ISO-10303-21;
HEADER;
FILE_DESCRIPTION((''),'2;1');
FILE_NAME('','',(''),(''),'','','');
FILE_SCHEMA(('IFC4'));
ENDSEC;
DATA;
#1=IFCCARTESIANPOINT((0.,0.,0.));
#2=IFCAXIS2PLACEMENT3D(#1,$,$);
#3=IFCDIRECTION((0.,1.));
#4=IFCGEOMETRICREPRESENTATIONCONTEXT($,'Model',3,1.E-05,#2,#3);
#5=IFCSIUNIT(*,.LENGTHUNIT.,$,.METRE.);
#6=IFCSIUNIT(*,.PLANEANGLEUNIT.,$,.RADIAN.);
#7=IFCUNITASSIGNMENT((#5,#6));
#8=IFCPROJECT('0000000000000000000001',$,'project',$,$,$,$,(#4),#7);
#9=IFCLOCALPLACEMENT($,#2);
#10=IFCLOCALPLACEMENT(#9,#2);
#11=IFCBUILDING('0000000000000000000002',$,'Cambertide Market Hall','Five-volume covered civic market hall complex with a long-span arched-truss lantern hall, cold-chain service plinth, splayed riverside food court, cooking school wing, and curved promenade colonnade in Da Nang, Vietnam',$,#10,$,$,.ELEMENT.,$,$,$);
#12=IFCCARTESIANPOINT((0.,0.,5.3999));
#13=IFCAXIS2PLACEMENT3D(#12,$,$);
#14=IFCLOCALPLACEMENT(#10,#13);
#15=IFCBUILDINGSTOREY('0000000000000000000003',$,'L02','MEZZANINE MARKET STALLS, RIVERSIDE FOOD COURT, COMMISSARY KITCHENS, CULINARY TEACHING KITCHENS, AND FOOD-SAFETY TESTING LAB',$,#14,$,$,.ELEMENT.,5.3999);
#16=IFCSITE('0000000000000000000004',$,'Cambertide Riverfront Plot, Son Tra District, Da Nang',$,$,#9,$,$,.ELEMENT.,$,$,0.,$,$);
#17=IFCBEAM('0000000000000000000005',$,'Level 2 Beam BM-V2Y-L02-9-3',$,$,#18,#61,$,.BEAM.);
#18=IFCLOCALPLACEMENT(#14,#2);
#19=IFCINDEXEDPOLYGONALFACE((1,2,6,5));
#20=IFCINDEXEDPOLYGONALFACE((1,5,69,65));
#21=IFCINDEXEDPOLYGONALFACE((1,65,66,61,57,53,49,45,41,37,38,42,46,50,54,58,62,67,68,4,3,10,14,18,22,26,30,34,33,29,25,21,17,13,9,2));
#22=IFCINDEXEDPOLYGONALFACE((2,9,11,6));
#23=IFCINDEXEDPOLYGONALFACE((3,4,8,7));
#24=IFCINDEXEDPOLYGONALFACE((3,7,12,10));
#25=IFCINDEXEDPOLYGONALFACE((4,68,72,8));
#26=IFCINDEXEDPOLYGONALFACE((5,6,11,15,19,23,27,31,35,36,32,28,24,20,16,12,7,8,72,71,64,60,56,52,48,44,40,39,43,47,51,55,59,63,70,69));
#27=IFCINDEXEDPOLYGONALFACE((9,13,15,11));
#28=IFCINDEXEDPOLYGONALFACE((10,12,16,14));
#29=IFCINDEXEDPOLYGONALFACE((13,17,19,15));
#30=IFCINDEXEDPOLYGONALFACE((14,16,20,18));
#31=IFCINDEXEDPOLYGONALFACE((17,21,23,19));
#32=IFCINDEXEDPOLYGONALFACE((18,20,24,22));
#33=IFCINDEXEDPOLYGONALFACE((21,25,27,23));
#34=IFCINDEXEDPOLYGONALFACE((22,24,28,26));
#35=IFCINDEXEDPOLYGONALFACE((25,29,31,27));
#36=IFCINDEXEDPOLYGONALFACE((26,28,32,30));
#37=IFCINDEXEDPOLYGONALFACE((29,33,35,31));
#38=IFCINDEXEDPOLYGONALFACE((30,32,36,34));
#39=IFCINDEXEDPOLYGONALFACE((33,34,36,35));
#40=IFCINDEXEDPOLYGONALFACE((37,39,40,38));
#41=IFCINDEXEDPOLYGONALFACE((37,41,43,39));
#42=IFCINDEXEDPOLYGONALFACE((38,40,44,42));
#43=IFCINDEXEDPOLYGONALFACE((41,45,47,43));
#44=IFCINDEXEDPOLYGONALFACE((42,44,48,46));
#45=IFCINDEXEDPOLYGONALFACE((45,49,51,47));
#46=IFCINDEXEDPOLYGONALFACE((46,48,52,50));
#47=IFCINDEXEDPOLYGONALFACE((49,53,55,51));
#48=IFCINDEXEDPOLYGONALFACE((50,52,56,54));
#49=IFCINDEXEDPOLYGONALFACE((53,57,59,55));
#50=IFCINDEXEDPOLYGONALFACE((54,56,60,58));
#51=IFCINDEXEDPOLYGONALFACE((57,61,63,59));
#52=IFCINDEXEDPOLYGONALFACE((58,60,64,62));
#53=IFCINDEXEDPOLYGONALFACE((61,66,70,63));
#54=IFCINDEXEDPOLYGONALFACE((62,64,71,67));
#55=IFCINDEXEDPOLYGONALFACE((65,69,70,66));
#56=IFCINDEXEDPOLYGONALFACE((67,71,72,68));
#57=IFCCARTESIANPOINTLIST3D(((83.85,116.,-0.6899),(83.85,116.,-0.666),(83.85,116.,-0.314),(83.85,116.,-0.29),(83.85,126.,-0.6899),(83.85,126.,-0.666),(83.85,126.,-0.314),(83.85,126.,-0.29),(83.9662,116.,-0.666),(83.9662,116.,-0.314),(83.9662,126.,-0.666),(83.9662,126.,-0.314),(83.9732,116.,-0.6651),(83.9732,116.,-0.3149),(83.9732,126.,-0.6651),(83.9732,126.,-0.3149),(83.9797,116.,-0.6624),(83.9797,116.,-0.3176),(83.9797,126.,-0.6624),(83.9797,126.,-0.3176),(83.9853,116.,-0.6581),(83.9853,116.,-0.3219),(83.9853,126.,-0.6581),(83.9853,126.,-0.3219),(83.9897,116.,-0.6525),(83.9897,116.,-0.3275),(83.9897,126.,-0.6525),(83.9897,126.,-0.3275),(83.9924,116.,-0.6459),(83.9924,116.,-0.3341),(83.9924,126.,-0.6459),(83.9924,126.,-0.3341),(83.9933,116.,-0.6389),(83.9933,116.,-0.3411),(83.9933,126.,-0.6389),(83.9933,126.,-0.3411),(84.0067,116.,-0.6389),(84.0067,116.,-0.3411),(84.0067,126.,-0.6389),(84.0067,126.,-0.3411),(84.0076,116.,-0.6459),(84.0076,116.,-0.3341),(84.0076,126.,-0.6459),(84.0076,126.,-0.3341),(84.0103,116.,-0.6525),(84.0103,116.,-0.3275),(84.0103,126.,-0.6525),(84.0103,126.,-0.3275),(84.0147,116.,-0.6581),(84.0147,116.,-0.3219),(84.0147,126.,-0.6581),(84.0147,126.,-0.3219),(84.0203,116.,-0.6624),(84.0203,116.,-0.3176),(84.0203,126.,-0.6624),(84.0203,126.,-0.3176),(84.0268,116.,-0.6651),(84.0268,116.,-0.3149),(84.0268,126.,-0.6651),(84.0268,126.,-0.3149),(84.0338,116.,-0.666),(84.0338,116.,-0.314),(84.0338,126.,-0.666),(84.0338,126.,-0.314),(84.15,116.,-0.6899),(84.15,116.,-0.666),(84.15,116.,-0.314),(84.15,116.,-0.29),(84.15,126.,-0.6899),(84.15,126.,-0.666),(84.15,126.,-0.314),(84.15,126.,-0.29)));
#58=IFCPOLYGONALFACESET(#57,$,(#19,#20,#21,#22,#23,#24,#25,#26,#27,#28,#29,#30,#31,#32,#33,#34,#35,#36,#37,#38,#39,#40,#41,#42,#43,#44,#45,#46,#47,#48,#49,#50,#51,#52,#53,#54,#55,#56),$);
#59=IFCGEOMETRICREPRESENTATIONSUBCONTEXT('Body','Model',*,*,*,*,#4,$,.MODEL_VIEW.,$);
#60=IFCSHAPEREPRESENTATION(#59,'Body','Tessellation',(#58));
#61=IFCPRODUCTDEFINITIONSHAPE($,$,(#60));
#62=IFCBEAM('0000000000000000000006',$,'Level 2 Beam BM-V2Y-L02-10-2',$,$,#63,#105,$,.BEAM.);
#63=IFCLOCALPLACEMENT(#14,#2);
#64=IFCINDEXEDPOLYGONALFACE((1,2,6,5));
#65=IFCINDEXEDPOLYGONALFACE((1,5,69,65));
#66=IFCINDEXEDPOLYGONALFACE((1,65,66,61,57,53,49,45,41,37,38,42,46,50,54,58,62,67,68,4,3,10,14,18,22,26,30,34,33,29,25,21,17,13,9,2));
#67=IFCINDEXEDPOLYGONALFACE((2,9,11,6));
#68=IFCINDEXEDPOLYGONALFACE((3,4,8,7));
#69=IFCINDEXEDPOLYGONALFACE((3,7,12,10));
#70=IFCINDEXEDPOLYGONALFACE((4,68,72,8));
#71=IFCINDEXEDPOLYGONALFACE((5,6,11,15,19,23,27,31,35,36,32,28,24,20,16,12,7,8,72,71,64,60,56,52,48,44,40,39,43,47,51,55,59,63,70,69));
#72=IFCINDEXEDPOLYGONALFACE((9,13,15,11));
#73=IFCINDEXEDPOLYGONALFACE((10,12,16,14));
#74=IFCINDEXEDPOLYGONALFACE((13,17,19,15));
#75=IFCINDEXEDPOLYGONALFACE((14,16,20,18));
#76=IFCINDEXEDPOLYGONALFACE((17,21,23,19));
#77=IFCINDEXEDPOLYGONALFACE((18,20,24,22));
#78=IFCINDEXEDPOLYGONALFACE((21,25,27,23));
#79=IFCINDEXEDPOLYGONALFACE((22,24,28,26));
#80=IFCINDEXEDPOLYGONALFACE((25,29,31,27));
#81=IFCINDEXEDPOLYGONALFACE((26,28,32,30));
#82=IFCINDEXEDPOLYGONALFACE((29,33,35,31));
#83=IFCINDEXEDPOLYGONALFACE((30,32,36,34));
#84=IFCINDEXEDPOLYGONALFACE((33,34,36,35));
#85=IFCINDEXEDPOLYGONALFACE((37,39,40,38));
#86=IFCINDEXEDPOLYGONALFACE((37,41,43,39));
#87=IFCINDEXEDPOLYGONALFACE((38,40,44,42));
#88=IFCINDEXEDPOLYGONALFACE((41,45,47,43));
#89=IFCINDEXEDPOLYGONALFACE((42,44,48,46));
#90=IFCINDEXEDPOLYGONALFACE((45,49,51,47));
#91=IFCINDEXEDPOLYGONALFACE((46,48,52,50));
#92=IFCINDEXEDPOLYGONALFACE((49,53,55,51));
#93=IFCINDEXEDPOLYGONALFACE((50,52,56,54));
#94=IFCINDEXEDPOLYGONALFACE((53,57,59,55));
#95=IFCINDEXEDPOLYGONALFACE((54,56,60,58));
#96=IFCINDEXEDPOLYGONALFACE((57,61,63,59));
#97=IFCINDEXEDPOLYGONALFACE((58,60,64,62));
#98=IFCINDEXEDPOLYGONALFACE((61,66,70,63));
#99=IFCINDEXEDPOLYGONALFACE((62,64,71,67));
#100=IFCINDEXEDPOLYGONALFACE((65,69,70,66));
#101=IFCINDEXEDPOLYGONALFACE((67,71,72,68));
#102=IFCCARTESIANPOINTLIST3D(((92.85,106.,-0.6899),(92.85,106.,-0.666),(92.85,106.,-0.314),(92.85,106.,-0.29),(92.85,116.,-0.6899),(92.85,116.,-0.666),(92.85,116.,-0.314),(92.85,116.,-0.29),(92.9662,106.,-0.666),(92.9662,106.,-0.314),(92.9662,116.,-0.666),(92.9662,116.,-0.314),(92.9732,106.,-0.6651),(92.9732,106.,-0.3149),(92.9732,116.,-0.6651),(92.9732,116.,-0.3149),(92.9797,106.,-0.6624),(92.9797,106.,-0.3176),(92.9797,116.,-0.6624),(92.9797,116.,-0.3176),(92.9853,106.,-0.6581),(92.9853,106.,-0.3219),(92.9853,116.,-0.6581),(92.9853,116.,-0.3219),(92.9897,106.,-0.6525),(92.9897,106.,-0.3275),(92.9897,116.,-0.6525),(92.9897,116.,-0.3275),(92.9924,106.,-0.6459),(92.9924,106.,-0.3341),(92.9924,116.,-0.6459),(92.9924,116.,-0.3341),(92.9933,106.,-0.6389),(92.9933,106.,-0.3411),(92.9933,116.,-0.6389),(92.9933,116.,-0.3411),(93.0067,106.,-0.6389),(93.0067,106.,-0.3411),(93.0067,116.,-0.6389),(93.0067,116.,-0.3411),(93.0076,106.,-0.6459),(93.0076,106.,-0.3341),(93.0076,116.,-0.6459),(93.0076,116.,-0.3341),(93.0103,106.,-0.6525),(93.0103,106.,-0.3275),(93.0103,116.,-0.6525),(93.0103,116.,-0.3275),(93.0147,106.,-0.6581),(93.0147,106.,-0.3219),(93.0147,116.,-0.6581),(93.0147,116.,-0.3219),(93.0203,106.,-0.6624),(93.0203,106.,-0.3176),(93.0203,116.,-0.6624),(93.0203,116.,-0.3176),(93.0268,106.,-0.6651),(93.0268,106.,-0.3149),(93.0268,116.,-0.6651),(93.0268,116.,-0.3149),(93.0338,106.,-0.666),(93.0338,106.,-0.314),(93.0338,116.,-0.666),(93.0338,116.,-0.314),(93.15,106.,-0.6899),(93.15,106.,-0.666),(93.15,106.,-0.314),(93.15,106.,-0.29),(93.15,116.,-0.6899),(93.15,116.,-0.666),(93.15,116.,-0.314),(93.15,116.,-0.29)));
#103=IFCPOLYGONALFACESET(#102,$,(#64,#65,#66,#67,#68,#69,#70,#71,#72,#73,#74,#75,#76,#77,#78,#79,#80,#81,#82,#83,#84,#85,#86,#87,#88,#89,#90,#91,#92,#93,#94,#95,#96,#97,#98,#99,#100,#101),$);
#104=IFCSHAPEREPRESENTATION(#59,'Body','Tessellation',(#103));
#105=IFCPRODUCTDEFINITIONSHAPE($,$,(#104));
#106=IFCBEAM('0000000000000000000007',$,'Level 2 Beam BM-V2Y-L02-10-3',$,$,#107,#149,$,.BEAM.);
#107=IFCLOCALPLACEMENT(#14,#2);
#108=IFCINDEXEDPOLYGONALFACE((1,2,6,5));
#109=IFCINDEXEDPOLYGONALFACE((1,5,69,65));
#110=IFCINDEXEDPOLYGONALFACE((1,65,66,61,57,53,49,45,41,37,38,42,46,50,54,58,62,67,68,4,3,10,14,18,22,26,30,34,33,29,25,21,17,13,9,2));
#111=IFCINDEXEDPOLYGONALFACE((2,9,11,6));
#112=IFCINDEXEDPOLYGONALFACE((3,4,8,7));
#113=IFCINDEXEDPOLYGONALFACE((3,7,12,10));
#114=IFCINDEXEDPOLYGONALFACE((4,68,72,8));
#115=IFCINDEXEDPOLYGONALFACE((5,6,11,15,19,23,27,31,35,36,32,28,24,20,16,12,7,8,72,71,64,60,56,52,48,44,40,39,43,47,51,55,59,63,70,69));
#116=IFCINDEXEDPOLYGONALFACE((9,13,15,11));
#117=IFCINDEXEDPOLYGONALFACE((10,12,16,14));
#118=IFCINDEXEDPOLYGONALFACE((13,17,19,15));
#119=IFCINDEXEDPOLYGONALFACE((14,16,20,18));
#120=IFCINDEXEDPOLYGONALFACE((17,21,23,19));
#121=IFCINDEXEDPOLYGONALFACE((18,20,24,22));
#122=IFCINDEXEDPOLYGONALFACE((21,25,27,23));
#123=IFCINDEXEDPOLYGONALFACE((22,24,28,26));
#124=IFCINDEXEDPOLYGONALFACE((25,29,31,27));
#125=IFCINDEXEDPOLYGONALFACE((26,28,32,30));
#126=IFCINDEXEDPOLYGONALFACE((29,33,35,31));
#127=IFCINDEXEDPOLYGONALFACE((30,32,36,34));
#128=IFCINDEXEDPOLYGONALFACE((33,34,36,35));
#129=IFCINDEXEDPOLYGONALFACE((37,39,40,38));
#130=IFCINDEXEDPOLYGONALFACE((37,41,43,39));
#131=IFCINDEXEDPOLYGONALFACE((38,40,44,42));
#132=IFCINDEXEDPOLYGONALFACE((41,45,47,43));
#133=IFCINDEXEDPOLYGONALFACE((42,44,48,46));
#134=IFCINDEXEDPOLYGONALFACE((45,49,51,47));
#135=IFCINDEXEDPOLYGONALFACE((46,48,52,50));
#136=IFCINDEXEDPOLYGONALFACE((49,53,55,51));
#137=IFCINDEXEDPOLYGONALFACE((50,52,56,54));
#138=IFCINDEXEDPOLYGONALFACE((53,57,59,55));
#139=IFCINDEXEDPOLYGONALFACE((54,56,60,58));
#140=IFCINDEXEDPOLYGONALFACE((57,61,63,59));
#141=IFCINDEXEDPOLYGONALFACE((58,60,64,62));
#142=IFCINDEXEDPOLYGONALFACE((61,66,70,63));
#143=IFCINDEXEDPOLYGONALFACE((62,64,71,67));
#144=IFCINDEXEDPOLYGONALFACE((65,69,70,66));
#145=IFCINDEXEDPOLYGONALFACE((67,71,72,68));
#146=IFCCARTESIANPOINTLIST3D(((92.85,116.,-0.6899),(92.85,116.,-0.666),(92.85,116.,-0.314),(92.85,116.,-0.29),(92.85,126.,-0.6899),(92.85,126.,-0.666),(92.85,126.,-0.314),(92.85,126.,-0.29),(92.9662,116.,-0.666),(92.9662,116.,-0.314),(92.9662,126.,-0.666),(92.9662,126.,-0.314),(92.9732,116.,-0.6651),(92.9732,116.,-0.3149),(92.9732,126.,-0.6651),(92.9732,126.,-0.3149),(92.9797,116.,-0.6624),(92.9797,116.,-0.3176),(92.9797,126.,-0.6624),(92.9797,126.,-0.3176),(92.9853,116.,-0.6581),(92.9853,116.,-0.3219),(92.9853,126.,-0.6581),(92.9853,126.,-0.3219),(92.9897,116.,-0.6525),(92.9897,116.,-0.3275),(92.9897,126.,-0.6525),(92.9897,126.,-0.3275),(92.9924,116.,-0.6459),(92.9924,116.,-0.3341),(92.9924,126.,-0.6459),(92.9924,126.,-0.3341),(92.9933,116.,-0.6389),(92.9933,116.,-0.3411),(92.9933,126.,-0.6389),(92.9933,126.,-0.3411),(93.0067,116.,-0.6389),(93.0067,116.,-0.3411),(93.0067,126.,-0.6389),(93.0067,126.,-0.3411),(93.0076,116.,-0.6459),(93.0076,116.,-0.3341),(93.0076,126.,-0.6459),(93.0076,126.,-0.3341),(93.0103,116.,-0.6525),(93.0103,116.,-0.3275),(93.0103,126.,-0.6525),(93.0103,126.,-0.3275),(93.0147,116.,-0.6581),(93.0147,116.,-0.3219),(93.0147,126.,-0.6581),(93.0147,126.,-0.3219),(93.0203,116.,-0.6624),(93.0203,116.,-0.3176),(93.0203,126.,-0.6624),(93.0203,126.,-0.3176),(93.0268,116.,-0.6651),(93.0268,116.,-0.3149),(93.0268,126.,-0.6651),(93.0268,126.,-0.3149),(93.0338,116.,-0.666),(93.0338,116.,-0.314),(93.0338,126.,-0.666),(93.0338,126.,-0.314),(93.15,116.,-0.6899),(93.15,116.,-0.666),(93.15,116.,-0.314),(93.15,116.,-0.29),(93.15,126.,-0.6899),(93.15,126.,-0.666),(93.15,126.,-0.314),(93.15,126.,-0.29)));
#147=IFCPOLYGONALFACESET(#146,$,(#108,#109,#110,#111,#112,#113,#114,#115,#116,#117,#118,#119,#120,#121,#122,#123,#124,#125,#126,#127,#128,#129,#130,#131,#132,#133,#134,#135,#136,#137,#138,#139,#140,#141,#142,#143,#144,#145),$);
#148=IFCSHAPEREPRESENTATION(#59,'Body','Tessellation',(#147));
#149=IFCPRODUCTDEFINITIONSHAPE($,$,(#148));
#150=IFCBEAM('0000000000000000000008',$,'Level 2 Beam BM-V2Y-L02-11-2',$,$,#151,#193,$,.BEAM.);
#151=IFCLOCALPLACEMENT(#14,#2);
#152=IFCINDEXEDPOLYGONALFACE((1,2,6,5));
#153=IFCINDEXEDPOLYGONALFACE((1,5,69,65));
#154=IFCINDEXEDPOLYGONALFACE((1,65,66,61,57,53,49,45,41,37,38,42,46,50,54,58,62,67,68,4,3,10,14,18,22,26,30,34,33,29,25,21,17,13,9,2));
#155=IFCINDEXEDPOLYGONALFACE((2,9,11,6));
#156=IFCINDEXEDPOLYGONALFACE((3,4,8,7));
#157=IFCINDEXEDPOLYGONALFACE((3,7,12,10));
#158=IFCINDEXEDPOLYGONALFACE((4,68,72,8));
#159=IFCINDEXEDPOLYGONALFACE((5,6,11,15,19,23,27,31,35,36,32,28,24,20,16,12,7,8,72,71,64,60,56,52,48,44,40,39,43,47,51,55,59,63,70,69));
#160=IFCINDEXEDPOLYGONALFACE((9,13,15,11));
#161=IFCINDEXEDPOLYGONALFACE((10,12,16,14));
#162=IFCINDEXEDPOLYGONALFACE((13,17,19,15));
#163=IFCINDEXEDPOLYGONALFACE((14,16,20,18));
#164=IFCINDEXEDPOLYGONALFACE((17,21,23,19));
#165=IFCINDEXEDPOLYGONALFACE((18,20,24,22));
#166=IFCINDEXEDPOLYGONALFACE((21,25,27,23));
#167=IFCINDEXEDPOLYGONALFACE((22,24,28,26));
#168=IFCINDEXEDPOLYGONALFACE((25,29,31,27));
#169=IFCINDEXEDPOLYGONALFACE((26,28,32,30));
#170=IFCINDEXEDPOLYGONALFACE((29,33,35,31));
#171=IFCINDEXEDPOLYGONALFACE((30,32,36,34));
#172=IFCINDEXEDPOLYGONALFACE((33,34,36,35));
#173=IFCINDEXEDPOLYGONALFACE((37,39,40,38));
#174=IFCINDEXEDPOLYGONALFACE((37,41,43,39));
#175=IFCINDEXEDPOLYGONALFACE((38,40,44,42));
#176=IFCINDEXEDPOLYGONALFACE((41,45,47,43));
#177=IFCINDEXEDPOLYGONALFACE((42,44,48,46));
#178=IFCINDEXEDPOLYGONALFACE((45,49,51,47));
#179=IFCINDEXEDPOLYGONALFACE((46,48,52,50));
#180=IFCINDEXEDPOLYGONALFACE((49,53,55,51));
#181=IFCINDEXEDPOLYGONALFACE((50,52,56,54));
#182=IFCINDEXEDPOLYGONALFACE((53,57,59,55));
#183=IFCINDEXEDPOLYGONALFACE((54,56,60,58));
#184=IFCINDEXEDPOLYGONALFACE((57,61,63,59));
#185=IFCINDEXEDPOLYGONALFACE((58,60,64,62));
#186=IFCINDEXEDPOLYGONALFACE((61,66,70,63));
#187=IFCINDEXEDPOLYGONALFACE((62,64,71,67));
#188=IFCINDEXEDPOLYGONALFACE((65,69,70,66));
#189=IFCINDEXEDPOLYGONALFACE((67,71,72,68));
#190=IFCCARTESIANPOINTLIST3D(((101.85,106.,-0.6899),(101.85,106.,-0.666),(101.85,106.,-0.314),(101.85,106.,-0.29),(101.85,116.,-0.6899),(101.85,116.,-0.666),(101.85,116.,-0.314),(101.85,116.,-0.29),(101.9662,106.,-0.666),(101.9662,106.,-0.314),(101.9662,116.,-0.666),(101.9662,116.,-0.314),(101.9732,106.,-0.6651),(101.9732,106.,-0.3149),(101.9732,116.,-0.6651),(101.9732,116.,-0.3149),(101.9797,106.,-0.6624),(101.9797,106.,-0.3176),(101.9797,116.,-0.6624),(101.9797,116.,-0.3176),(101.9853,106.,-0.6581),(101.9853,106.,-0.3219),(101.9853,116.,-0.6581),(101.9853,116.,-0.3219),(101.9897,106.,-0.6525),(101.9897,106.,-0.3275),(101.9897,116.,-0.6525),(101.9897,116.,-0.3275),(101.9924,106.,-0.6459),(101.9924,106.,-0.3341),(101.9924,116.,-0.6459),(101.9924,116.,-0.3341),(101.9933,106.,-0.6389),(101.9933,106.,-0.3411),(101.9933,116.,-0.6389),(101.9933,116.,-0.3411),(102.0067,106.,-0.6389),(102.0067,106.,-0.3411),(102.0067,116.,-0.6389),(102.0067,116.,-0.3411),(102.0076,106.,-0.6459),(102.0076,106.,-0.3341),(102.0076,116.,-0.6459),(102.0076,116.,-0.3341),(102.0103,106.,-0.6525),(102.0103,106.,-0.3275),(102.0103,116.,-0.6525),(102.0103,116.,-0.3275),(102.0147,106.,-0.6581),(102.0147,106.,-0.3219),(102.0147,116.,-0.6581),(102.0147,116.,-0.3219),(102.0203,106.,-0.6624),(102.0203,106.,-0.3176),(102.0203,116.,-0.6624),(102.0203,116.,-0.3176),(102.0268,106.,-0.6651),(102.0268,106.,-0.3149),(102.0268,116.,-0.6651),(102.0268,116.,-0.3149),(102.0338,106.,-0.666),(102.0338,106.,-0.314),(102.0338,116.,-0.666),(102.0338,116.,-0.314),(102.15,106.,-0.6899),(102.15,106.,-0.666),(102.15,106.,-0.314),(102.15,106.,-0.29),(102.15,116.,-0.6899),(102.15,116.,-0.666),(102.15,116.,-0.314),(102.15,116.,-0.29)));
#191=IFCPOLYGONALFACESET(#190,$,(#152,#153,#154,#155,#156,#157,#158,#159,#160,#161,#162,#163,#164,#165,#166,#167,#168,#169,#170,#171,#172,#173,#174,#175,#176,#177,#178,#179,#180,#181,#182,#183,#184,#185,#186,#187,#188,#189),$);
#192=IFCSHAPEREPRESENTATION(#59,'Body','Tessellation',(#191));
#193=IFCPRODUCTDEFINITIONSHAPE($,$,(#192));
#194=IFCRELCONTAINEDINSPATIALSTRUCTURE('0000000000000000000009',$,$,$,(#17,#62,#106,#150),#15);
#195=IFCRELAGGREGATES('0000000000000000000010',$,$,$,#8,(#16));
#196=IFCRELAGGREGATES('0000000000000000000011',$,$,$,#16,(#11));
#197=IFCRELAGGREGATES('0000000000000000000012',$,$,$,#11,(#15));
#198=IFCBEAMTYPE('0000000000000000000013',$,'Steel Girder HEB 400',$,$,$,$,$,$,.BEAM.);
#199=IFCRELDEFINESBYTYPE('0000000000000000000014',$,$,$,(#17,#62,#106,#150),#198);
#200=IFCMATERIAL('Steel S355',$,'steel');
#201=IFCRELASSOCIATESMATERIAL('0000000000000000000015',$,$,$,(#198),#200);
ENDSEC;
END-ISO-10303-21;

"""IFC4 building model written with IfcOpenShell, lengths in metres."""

from ifc_helpers import new_model, si_unit, direction, frame, origin, origin_2d, place, context, subcontext, project, spatial, i_section, extrude, material, material_profile, profile_set, type_object, element, save


model = new_model("IFC4")

# Units and contexts
model_context = context("Model", 3, precision=1e-05, world=origin(), true_north=direction((0.0, 1.0)))
body_context = subcontext(model_context, "Body", "Model", "MODEL_VIEW")
ifc_project = project(units=[si_unit("LENGTHUNIT", "METRE"), si_unit("PLANEANGLEUNIT", "RADIAN")], contexts=[model_context])

# Site, building, storey
site_placement = place(None, origin())
site = spatial("IfcSite", under=ifc_project, at=site_placement, Name="Cambertide Riverfront Plot, Son Tra District, Da Nang", CompositionType="ELEMENT", RefElevation=0.0)
building_placement = place(site_placement, origin())
building = spatial("IfcBuilding", under=site, at=building_placement, Name="Cambertide Market Hall", Description="Five-volume covered civic market hall complex with a long-span arched-truss lantern hall, cold-chain service plinth, splayed riverside food court, cooking school wing, and curved promenade colonnade in Da Nang, Vietnam", CompositionType="ELEMENT")
storey_placement = place(building_placement, frame((0.0, 0.0, 5.3999)))
storey = spatial("IfcBuildingStorey", under=building, at=storey_placement, Name="L02", Description="MEZZANINE MARKET STALLS, RIVERSIDE FOOD COURT, COMMISSARY KITCHENS, CULINARY TEACHING KITCHENS, AND FOOD-SAFETY TESTING LAB", CompositionType="ELEMENT", Elevation=5.3999)

# Beams
ifc_material_1 = material(Name="Steel S355", Category="steel")
ifc_material_profile_1 = material_profile(ifc_material_1, i_section(OverallWidth=0.3, OverallDepth=0.3999, WebThickness=0.0134, FlangeThickness=0.0239, FilletRadius=0.0271, at=origin_2d()), Name="HEB 400")
ifc_profile_set_1 = profile_set([ifc_material_profile_1], Name="Steel S355")
beam_type_1 = type_object("IfcBeamType", Name="Steel Girder HEB 400", PredefinedType="BEAM", material=ifc_profile_set_1)
for number, where, z_axis, x_axis, name in (
    (1, (84.0, 116.0, -0.49), (0.0, 1.0, 0.0), (-1.0, 0.0, 0.0), "Level 2 Beam BM-V2Y-L02-9-3"),
    (2, (93.0, 106.0, -0.49), (0.0, 1.0, 0.0), (-1.0, 0.0, 0.0), "Level 2 Beam BM-V2Y-L02-10-2"),
    (3, (93.0, 116.0, -0.49), (0.0, 1.0, 0.0), (-1.0, 0.0, 0.0), "Level 2 Beam BM-V2Y-L02-10-3"),
    (4, (102.0, 106.0, -0.49), (0.0, 1.0, 0.0), (-1.0, 0.0, 0.0), "Level 2 Beam BM-V2Y-L02-11-2"),
):
    element("IfcBeam", number, at=place(storey_placement, frame(where, z_axis=z_axis, x_axis=x_axis)), inside=storey, type_object=beam_type_1, Name=name, PredefinedType="BEAM", context=body_context, shape_type="SweptSolid", body=[
        extrude(i_section(OverallWidth=0.3, OverallDepth=0.3999, WebThickness=0.0134, FlangeThickness=0.0239, FilletRadius=0.0271, at=origin_2d()), origin(), (0.0, 0.0, 1.0), 10.0),
    ])

save(model, "model.ifc")
